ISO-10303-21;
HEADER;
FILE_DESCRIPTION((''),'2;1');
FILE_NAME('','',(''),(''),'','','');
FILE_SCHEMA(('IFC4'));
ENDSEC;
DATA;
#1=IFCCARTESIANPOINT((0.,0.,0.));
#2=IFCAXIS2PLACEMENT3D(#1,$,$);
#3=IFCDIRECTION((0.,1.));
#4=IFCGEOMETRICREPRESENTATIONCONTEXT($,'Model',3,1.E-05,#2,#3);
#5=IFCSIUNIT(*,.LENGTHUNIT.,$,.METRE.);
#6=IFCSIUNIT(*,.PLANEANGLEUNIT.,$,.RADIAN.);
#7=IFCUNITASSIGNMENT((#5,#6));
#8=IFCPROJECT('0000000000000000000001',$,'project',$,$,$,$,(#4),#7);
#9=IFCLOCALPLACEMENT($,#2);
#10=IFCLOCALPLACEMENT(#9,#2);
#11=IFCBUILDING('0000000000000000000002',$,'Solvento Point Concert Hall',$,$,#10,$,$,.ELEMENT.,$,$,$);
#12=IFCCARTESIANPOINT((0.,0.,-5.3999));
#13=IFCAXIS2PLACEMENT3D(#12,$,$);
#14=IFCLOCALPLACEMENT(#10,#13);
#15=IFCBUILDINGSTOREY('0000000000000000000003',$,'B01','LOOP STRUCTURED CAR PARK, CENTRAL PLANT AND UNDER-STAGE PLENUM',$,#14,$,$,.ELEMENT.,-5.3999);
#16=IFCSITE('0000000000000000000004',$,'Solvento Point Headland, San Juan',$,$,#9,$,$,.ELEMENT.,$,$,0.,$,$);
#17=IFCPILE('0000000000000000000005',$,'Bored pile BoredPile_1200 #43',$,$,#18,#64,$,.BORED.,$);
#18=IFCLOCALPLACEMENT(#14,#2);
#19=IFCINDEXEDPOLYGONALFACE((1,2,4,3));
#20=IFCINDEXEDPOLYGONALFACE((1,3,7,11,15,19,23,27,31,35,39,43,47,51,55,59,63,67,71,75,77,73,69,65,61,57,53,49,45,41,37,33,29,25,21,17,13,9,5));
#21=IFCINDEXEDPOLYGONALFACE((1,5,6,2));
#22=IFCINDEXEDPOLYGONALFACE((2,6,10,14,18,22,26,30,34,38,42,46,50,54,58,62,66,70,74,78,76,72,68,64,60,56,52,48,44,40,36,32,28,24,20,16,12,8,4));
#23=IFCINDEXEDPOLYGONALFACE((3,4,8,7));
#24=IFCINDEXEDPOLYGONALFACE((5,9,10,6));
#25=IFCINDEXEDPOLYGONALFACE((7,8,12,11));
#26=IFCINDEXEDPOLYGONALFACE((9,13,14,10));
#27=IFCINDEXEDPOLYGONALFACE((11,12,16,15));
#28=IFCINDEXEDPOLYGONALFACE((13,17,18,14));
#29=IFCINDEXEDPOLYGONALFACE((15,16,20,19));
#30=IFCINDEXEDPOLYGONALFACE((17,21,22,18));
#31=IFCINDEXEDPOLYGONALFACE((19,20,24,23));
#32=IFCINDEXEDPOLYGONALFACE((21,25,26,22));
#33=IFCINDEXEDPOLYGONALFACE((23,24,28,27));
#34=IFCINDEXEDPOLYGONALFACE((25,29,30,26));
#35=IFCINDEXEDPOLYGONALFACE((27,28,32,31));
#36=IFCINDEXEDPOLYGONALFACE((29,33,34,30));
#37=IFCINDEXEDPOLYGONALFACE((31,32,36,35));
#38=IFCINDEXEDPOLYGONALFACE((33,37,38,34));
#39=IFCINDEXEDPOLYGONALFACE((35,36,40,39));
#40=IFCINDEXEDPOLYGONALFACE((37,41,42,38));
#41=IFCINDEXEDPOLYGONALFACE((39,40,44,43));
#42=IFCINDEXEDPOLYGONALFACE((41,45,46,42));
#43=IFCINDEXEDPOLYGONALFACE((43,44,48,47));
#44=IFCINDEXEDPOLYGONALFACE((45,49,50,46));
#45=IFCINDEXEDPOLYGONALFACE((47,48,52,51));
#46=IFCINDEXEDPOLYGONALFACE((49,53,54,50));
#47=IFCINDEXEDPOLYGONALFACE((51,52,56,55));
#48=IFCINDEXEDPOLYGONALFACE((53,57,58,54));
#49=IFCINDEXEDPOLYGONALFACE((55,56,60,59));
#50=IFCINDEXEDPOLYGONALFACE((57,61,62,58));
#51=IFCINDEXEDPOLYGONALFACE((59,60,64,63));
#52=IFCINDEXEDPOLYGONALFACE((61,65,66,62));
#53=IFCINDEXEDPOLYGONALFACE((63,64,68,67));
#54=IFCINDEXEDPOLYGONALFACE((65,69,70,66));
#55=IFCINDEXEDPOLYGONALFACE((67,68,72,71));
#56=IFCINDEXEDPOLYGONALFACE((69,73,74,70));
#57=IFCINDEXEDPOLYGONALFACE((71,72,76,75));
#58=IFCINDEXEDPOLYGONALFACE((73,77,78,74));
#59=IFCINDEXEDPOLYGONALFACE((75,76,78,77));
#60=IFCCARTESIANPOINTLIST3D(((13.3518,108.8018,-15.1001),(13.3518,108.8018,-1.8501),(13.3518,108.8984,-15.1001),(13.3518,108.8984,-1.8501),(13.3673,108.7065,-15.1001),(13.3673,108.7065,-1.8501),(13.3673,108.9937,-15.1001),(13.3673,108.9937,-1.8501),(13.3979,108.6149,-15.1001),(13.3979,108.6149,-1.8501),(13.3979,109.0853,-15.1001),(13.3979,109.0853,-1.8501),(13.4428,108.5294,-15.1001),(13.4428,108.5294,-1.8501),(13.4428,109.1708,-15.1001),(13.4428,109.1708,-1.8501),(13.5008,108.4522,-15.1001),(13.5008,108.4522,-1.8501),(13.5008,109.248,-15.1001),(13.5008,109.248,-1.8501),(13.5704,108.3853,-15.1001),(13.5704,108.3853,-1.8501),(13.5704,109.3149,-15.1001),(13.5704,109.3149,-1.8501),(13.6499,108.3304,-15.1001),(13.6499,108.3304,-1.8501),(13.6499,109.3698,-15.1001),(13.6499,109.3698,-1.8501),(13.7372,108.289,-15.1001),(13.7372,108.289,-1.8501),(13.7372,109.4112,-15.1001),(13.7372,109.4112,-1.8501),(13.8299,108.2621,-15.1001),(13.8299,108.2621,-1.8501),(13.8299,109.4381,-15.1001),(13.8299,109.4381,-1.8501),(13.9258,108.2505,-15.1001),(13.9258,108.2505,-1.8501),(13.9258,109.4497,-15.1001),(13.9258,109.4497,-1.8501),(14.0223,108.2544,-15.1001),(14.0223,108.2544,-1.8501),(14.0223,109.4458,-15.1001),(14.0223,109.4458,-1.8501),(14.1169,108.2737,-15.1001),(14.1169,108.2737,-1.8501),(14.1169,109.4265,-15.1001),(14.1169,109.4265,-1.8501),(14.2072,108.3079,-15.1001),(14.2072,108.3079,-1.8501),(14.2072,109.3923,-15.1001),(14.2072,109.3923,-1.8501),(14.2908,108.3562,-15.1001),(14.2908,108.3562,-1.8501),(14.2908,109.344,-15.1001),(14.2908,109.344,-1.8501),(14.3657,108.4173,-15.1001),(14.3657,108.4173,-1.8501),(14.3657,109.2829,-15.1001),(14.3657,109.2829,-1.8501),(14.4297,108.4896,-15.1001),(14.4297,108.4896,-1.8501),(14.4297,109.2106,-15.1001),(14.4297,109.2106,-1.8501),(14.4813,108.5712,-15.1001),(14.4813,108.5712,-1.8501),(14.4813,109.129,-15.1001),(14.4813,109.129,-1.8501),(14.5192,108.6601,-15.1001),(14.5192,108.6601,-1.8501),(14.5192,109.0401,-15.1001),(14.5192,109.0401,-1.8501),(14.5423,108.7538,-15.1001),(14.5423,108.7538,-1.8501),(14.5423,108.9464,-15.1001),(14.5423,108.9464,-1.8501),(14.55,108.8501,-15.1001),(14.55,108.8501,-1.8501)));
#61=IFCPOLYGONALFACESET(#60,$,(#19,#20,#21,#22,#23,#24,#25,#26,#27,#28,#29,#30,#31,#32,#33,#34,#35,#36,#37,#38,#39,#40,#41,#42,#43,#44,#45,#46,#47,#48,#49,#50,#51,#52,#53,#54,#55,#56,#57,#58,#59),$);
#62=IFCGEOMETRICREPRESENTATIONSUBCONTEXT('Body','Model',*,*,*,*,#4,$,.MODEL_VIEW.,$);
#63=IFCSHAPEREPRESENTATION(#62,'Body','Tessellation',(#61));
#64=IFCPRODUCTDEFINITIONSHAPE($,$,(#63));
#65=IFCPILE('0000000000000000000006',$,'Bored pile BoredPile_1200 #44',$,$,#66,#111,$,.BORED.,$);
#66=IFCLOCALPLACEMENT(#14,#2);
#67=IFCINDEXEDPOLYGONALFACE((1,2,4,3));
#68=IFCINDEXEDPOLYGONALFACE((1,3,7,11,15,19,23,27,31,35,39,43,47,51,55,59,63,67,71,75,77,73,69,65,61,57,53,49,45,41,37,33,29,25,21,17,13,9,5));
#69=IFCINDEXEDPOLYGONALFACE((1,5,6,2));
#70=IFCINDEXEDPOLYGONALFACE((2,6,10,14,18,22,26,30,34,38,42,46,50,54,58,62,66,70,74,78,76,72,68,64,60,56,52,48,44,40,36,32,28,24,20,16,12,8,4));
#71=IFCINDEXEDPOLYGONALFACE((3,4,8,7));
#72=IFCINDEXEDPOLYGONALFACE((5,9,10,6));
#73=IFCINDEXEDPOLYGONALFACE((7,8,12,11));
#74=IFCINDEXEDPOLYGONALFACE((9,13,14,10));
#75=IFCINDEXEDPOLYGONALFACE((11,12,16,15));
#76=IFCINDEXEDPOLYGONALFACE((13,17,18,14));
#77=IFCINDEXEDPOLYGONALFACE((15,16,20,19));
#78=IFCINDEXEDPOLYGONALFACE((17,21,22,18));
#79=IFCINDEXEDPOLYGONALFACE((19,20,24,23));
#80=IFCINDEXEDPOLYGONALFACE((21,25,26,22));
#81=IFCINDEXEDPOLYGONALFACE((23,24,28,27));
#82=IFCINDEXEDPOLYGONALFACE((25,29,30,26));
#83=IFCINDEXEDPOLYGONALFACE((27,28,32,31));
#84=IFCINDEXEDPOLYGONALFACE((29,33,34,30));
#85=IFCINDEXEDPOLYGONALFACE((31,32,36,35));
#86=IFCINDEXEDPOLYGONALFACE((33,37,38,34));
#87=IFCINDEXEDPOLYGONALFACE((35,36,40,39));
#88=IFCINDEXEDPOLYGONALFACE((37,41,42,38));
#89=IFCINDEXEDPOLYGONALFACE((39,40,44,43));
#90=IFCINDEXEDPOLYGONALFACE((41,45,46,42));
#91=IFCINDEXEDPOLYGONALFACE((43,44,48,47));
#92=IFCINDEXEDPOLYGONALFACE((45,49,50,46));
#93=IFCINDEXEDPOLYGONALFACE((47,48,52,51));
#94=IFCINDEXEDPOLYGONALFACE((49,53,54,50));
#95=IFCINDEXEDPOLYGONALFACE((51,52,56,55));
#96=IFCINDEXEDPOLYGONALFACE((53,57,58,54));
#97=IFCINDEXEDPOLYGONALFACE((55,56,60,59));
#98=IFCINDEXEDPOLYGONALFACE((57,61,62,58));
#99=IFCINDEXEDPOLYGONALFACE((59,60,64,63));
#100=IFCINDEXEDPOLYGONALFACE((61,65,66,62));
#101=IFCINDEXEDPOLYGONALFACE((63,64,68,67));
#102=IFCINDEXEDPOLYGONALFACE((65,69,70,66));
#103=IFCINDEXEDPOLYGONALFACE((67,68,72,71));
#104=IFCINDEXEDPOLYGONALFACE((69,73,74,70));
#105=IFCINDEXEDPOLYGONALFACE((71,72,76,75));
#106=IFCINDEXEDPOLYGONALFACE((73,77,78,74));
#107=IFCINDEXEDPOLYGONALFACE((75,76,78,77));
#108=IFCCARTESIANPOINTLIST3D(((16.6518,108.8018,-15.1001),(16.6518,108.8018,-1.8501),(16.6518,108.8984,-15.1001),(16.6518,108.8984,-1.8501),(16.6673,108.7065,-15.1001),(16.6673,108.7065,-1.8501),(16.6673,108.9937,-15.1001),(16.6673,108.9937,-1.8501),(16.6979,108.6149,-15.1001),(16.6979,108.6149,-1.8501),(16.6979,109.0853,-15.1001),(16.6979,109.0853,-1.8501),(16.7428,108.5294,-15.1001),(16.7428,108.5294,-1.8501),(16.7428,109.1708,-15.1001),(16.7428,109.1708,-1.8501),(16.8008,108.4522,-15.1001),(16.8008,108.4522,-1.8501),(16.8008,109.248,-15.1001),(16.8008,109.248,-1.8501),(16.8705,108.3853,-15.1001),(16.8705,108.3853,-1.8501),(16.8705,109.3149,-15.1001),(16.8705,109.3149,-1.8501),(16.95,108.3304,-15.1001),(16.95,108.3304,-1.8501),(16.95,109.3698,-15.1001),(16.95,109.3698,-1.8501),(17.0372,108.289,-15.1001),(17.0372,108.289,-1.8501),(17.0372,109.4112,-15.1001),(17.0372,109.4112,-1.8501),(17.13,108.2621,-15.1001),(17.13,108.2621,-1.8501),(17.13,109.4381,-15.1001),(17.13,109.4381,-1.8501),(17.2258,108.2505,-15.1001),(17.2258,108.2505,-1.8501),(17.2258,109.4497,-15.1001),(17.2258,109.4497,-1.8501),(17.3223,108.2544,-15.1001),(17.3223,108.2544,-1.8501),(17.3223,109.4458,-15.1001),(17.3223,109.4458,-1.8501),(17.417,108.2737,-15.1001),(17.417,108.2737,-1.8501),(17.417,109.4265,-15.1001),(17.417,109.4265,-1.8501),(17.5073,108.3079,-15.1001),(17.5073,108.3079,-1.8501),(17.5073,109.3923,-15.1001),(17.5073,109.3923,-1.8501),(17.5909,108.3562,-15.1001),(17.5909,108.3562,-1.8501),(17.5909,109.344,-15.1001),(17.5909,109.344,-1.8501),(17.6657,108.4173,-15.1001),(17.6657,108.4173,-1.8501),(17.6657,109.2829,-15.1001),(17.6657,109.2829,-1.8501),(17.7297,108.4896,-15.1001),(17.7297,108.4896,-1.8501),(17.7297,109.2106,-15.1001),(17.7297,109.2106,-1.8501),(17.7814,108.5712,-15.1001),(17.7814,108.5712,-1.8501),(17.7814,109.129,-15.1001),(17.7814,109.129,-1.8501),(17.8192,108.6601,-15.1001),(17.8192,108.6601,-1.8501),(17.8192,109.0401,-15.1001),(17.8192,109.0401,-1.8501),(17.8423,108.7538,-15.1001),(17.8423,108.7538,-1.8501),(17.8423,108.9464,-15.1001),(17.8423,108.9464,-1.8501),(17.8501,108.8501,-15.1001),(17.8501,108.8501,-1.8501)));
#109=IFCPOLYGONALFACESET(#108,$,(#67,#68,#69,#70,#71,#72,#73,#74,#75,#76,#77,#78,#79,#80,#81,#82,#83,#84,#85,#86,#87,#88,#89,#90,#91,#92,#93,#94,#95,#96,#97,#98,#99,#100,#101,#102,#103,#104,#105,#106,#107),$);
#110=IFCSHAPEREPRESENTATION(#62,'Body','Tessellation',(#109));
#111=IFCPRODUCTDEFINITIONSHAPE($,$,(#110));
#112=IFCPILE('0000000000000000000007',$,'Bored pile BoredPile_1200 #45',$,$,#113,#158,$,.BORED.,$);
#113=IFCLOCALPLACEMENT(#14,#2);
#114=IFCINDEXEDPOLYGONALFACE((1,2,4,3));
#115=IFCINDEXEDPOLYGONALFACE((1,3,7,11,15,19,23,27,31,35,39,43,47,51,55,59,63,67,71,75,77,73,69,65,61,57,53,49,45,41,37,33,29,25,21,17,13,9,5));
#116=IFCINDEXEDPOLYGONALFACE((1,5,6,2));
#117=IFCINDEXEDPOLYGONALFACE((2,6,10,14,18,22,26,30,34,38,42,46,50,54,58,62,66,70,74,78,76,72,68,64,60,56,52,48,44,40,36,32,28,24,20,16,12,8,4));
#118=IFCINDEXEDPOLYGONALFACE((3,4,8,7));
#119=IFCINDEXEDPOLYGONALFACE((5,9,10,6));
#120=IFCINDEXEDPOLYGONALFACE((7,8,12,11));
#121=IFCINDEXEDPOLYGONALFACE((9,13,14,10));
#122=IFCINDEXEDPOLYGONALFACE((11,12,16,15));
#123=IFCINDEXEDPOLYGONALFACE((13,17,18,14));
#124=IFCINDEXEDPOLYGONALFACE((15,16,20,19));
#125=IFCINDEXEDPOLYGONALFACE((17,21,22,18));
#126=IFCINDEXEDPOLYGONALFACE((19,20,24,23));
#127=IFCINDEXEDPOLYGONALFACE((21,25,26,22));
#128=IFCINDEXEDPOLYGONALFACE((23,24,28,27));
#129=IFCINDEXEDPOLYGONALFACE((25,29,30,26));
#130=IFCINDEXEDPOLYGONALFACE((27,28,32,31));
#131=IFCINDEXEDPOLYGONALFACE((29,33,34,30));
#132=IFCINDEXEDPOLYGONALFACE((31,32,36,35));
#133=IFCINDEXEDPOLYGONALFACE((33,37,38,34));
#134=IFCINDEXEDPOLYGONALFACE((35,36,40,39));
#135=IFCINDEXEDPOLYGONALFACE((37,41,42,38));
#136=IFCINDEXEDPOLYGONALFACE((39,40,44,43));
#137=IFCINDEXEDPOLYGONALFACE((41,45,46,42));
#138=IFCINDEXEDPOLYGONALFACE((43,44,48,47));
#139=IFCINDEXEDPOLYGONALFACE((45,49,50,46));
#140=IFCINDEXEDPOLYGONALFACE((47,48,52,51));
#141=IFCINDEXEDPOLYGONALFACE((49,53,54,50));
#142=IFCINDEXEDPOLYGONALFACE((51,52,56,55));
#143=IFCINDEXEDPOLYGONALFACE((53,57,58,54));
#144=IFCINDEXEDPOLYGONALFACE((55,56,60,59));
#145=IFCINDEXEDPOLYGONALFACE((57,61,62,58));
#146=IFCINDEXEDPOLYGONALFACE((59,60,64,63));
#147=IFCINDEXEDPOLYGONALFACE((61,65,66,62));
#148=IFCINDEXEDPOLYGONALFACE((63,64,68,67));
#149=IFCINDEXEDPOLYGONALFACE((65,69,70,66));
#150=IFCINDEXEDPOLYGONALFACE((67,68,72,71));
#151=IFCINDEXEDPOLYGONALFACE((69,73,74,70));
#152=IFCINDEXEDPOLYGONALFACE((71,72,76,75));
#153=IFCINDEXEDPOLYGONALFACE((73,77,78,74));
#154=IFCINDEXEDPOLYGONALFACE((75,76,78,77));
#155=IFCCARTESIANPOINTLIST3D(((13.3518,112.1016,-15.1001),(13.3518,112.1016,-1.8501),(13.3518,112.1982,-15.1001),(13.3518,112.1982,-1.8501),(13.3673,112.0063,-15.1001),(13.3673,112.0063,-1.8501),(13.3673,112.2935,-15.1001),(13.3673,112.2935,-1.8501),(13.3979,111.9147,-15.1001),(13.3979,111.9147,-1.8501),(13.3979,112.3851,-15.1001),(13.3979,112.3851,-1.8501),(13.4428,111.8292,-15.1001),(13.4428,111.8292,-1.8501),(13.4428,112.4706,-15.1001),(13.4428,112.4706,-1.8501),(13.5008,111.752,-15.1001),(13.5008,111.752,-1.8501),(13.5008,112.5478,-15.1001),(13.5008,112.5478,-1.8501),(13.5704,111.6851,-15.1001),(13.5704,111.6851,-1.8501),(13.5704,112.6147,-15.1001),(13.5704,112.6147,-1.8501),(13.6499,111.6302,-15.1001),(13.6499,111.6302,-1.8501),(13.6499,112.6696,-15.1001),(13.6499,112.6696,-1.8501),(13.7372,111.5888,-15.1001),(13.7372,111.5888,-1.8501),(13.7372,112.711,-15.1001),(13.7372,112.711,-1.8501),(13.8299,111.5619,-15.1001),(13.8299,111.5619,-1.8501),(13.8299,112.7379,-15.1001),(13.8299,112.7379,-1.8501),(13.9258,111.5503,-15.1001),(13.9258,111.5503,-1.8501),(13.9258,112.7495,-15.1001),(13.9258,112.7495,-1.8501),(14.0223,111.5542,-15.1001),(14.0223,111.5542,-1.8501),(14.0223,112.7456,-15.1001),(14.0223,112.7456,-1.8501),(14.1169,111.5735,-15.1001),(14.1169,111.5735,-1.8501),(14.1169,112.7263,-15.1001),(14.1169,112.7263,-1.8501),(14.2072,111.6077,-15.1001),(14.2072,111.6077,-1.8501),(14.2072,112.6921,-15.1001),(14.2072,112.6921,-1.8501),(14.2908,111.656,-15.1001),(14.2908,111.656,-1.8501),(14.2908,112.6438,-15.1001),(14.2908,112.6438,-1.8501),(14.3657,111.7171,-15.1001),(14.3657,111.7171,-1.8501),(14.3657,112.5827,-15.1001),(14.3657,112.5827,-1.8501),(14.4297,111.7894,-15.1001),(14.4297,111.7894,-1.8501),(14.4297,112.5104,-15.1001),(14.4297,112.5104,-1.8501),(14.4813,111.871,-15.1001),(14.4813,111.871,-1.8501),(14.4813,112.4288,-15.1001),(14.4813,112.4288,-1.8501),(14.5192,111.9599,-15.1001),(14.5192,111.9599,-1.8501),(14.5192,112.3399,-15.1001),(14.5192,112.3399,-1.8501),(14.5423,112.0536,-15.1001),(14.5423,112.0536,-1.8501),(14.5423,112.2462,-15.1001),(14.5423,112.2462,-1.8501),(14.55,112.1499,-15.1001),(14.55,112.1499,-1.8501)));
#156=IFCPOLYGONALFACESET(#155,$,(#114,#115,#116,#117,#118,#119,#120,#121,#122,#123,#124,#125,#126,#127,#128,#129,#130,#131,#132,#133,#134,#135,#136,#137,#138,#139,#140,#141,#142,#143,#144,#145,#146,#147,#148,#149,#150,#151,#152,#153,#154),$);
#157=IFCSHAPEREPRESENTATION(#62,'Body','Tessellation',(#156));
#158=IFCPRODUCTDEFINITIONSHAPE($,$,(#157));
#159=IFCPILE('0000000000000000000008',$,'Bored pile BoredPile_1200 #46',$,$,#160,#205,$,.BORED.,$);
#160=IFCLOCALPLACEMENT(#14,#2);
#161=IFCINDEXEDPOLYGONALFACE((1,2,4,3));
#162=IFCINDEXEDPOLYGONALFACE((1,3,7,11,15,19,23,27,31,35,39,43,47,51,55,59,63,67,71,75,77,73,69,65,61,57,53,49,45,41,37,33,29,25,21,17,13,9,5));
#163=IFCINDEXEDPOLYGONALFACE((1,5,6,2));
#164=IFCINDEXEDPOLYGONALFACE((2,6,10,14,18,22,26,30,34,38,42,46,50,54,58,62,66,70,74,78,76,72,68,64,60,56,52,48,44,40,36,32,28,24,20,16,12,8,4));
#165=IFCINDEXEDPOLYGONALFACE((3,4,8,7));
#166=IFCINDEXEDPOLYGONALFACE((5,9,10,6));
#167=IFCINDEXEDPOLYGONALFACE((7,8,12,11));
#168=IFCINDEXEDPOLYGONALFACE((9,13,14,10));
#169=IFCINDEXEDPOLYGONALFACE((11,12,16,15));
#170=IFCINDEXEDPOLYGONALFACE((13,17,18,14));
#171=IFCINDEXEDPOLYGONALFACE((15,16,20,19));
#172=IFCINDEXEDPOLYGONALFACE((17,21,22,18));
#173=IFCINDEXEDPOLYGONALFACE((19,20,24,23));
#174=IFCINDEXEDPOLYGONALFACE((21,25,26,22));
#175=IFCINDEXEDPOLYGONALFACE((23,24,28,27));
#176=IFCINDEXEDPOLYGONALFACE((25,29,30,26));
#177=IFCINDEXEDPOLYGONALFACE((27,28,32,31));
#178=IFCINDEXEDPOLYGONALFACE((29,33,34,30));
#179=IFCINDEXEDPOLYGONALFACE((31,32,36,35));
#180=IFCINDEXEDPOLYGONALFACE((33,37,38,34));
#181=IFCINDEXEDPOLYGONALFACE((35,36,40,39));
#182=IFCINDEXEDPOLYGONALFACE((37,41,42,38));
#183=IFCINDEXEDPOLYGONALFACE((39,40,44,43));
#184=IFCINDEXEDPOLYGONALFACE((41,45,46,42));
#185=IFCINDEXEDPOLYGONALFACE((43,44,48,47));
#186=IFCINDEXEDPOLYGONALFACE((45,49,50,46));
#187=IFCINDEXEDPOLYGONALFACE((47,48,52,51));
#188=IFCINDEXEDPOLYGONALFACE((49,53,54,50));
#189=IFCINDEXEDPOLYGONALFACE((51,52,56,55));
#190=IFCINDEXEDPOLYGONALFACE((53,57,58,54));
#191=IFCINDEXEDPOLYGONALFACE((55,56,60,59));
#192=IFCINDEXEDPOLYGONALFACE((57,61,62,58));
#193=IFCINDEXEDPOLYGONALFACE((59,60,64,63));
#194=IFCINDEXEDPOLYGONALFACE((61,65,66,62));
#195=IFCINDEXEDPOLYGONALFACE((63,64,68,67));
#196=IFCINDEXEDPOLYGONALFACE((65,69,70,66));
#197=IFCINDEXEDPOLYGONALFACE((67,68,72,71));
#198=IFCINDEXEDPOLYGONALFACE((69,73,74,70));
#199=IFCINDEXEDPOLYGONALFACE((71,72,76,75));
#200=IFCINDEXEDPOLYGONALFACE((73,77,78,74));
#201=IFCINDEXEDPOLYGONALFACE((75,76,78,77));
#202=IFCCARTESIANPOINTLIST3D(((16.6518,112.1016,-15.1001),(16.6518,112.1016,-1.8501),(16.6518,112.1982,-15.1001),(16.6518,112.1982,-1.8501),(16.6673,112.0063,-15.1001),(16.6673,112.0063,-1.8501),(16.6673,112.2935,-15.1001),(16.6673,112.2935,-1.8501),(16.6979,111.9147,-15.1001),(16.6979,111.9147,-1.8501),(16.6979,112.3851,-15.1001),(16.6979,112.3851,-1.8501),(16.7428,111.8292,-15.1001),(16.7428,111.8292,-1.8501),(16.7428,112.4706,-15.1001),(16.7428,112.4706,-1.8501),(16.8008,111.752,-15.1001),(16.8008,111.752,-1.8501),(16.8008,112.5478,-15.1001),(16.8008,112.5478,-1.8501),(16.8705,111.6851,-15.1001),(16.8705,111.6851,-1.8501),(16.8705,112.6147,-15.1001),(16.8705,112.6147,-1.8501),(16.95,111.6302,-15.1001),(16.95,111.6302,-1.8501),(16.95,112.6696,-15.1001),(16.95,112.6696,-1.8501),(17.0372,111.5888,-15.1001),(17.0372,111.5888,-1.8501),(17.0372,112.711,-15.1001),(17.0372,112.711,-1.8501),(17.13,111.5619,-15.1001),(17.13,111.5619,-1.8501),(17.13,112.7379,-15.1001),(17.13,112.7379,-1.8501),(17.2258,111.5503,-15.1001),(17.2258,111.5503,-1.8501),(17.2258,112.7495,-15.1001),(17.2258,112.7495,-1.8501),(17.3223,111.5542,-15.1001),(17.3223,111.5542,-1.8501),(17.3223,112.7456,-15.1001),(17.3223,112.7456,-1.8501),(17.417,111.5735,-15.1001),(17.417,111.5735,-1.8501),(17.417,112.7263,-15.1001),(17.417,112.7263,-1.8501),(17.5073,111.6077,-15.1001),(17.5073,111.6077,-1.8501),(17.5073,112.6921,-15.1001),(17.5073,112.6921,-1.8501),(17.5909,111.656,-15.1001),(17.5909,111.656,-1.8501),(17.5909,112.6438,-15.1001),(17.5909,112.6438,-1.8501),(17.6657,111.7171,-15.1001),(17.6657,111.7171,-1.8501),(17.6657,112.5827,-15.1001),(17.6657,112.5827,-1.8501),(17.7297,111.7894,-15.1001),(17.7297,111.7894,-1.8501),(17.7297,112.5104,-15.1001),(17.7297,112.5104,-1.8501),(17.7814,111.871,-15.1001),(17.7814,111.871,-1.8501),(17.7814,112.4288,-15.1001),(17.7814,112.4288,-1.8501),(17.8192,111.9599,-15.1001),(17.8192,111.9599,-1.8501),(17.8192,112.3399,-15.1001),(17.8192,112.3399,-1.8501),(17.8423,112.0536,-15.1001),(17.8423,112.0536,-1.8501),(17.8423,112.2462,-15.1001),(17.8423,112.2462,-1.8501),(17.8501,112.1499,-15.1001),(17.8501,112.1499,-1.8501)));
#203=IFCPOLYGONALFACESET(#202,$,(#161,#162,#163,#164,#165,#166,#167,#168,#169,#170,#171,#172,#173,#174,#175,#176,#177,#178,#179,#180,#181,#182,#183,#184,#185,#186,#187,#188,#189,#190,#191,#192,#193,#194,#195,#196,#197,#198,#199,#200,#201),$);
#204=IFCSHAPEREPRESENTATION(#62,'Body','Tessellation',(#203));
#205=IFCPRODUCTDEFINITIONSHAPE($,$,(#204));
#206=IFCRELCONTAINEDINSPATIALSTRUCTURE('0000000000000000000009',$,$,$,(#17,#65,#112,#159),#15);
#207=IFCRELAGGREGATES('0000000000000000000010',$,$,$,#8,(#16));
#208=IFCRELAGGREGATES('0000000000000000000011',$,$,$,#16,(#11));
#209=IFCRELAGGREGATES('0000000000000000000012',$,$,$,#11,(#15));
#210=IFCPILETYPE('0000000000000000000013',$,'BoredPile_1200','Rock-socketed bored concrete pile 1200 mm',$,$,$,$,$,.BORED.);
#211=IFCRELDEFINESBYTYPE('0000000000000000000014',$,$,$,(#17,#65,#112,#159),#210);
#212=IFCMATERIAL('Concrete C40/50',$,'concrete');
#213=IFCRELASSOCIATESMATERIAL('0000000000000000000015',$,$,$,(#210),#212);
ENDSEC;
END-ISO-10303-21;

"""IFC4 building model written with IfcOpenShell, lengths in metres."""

from ifc_helpers import new_model, si_unit, direction, frame, origin, origin_2d, place, context, subcontext, project, spatial, circle, extrude, material, material_profile, profile_set, type_object, element, save


model = new_model("IFC4")

# Units and contexts
model_context = context("Model", 3, precision=1e-05, world=origin(), true_north=direction((0.0, 1.0)))
body_context = subcontext(model_context, "Body", "Model", "MODEL_VIEW")
ifc_project = project(units=[si_unit("LENGTHUNIT", "METRE"), si_unit("PLANEANGLEUNIT", "RADIAN")], contexts=[model_context])

# Site, building, storey
site_placement = place(None, origin())
site = spatial("IfcSite", under=ifc_project, at=site_placement, Name="Solvento Point Headland, San Juan", CompositionType="ELEMENT", RefElevation=0.0)
building_placement = place(site_placement, origin())
building = spatial("IfcBuilding", under=site, at=building_placement, Name="Solvento Point Concert Hall", CompositionType="ELEMENT")
storey_placement = place(building_placement, frame((0.0, 0.0, -5.3999)))
storey = spatial("IfcBuildingStorey", under=building, at=storey_placement, Name="B01", Description="LOOP STRUCTURED CAR PARK, CENTRAL PLANT AND UNDER-STAGE PLENUM", CompositionType="ELEMENT", Elevation=-5.3999)

# Piles
ifc_material_1 = material(Name="Concrete C40/50", Category="concrete")
ifc_material_profile_1 = material_profile(ifc_material_1, circle(Radius=0.6001, at=origin_2d()), Name="BP-1200")
ifc_profile_set_1 = profile_set([ifc_material_profile_1], Name="Concrete C40/50")
pile_type_1 = type_object("IfcPileType", Name="BoredPile_1200", Description="Rock-socketed bored concrete pile 1200 mm", PredefinedType="BORED", material=ifc_profile_set_1)
for number, where, z_axis, x_axis, name in (
    (1, (13.95, 108.8501, -1.8501), (0.0, 0.0, -1.0), (1.0, 0.0, 0.0), "Bored pile BoredPile_1200 #43"),
    (2, (17.25, 108.8501, -1.8501), (0.0, 0.0, -1.0), (1.0, 0.0, 0.0), "Bored pile BoredPile_1200 #44"),
    (3, (13.95, 112.1499, -1.8501), (0.0, 0.0, -1.0), (1.0, 0.0, 0.0), "Bored pile BoredPile_1200 #45"),
    (4, (17.25, 112.1499, -1.8501), (0.0, 0.0, -1.0), (1.0, 0.0, 0.0), "Bored pile BoredPile_1200 #46"),
):
    element("IfcPile", number, at=place(storey_placement, frame(where, z_axis=z_axis, x_axis=x_axis)), inside=storey, type_object=pile_type_1, Name=name, PredefinedType="BORED", context=body_context, shape_type="SweptSolid", body=[
        extrude(circle(Radius=0.6001, at=origin_2d()), origin(), (0.0, 0.0, 1.0), 13.25),
    ])

save(model, "model.ifc")
